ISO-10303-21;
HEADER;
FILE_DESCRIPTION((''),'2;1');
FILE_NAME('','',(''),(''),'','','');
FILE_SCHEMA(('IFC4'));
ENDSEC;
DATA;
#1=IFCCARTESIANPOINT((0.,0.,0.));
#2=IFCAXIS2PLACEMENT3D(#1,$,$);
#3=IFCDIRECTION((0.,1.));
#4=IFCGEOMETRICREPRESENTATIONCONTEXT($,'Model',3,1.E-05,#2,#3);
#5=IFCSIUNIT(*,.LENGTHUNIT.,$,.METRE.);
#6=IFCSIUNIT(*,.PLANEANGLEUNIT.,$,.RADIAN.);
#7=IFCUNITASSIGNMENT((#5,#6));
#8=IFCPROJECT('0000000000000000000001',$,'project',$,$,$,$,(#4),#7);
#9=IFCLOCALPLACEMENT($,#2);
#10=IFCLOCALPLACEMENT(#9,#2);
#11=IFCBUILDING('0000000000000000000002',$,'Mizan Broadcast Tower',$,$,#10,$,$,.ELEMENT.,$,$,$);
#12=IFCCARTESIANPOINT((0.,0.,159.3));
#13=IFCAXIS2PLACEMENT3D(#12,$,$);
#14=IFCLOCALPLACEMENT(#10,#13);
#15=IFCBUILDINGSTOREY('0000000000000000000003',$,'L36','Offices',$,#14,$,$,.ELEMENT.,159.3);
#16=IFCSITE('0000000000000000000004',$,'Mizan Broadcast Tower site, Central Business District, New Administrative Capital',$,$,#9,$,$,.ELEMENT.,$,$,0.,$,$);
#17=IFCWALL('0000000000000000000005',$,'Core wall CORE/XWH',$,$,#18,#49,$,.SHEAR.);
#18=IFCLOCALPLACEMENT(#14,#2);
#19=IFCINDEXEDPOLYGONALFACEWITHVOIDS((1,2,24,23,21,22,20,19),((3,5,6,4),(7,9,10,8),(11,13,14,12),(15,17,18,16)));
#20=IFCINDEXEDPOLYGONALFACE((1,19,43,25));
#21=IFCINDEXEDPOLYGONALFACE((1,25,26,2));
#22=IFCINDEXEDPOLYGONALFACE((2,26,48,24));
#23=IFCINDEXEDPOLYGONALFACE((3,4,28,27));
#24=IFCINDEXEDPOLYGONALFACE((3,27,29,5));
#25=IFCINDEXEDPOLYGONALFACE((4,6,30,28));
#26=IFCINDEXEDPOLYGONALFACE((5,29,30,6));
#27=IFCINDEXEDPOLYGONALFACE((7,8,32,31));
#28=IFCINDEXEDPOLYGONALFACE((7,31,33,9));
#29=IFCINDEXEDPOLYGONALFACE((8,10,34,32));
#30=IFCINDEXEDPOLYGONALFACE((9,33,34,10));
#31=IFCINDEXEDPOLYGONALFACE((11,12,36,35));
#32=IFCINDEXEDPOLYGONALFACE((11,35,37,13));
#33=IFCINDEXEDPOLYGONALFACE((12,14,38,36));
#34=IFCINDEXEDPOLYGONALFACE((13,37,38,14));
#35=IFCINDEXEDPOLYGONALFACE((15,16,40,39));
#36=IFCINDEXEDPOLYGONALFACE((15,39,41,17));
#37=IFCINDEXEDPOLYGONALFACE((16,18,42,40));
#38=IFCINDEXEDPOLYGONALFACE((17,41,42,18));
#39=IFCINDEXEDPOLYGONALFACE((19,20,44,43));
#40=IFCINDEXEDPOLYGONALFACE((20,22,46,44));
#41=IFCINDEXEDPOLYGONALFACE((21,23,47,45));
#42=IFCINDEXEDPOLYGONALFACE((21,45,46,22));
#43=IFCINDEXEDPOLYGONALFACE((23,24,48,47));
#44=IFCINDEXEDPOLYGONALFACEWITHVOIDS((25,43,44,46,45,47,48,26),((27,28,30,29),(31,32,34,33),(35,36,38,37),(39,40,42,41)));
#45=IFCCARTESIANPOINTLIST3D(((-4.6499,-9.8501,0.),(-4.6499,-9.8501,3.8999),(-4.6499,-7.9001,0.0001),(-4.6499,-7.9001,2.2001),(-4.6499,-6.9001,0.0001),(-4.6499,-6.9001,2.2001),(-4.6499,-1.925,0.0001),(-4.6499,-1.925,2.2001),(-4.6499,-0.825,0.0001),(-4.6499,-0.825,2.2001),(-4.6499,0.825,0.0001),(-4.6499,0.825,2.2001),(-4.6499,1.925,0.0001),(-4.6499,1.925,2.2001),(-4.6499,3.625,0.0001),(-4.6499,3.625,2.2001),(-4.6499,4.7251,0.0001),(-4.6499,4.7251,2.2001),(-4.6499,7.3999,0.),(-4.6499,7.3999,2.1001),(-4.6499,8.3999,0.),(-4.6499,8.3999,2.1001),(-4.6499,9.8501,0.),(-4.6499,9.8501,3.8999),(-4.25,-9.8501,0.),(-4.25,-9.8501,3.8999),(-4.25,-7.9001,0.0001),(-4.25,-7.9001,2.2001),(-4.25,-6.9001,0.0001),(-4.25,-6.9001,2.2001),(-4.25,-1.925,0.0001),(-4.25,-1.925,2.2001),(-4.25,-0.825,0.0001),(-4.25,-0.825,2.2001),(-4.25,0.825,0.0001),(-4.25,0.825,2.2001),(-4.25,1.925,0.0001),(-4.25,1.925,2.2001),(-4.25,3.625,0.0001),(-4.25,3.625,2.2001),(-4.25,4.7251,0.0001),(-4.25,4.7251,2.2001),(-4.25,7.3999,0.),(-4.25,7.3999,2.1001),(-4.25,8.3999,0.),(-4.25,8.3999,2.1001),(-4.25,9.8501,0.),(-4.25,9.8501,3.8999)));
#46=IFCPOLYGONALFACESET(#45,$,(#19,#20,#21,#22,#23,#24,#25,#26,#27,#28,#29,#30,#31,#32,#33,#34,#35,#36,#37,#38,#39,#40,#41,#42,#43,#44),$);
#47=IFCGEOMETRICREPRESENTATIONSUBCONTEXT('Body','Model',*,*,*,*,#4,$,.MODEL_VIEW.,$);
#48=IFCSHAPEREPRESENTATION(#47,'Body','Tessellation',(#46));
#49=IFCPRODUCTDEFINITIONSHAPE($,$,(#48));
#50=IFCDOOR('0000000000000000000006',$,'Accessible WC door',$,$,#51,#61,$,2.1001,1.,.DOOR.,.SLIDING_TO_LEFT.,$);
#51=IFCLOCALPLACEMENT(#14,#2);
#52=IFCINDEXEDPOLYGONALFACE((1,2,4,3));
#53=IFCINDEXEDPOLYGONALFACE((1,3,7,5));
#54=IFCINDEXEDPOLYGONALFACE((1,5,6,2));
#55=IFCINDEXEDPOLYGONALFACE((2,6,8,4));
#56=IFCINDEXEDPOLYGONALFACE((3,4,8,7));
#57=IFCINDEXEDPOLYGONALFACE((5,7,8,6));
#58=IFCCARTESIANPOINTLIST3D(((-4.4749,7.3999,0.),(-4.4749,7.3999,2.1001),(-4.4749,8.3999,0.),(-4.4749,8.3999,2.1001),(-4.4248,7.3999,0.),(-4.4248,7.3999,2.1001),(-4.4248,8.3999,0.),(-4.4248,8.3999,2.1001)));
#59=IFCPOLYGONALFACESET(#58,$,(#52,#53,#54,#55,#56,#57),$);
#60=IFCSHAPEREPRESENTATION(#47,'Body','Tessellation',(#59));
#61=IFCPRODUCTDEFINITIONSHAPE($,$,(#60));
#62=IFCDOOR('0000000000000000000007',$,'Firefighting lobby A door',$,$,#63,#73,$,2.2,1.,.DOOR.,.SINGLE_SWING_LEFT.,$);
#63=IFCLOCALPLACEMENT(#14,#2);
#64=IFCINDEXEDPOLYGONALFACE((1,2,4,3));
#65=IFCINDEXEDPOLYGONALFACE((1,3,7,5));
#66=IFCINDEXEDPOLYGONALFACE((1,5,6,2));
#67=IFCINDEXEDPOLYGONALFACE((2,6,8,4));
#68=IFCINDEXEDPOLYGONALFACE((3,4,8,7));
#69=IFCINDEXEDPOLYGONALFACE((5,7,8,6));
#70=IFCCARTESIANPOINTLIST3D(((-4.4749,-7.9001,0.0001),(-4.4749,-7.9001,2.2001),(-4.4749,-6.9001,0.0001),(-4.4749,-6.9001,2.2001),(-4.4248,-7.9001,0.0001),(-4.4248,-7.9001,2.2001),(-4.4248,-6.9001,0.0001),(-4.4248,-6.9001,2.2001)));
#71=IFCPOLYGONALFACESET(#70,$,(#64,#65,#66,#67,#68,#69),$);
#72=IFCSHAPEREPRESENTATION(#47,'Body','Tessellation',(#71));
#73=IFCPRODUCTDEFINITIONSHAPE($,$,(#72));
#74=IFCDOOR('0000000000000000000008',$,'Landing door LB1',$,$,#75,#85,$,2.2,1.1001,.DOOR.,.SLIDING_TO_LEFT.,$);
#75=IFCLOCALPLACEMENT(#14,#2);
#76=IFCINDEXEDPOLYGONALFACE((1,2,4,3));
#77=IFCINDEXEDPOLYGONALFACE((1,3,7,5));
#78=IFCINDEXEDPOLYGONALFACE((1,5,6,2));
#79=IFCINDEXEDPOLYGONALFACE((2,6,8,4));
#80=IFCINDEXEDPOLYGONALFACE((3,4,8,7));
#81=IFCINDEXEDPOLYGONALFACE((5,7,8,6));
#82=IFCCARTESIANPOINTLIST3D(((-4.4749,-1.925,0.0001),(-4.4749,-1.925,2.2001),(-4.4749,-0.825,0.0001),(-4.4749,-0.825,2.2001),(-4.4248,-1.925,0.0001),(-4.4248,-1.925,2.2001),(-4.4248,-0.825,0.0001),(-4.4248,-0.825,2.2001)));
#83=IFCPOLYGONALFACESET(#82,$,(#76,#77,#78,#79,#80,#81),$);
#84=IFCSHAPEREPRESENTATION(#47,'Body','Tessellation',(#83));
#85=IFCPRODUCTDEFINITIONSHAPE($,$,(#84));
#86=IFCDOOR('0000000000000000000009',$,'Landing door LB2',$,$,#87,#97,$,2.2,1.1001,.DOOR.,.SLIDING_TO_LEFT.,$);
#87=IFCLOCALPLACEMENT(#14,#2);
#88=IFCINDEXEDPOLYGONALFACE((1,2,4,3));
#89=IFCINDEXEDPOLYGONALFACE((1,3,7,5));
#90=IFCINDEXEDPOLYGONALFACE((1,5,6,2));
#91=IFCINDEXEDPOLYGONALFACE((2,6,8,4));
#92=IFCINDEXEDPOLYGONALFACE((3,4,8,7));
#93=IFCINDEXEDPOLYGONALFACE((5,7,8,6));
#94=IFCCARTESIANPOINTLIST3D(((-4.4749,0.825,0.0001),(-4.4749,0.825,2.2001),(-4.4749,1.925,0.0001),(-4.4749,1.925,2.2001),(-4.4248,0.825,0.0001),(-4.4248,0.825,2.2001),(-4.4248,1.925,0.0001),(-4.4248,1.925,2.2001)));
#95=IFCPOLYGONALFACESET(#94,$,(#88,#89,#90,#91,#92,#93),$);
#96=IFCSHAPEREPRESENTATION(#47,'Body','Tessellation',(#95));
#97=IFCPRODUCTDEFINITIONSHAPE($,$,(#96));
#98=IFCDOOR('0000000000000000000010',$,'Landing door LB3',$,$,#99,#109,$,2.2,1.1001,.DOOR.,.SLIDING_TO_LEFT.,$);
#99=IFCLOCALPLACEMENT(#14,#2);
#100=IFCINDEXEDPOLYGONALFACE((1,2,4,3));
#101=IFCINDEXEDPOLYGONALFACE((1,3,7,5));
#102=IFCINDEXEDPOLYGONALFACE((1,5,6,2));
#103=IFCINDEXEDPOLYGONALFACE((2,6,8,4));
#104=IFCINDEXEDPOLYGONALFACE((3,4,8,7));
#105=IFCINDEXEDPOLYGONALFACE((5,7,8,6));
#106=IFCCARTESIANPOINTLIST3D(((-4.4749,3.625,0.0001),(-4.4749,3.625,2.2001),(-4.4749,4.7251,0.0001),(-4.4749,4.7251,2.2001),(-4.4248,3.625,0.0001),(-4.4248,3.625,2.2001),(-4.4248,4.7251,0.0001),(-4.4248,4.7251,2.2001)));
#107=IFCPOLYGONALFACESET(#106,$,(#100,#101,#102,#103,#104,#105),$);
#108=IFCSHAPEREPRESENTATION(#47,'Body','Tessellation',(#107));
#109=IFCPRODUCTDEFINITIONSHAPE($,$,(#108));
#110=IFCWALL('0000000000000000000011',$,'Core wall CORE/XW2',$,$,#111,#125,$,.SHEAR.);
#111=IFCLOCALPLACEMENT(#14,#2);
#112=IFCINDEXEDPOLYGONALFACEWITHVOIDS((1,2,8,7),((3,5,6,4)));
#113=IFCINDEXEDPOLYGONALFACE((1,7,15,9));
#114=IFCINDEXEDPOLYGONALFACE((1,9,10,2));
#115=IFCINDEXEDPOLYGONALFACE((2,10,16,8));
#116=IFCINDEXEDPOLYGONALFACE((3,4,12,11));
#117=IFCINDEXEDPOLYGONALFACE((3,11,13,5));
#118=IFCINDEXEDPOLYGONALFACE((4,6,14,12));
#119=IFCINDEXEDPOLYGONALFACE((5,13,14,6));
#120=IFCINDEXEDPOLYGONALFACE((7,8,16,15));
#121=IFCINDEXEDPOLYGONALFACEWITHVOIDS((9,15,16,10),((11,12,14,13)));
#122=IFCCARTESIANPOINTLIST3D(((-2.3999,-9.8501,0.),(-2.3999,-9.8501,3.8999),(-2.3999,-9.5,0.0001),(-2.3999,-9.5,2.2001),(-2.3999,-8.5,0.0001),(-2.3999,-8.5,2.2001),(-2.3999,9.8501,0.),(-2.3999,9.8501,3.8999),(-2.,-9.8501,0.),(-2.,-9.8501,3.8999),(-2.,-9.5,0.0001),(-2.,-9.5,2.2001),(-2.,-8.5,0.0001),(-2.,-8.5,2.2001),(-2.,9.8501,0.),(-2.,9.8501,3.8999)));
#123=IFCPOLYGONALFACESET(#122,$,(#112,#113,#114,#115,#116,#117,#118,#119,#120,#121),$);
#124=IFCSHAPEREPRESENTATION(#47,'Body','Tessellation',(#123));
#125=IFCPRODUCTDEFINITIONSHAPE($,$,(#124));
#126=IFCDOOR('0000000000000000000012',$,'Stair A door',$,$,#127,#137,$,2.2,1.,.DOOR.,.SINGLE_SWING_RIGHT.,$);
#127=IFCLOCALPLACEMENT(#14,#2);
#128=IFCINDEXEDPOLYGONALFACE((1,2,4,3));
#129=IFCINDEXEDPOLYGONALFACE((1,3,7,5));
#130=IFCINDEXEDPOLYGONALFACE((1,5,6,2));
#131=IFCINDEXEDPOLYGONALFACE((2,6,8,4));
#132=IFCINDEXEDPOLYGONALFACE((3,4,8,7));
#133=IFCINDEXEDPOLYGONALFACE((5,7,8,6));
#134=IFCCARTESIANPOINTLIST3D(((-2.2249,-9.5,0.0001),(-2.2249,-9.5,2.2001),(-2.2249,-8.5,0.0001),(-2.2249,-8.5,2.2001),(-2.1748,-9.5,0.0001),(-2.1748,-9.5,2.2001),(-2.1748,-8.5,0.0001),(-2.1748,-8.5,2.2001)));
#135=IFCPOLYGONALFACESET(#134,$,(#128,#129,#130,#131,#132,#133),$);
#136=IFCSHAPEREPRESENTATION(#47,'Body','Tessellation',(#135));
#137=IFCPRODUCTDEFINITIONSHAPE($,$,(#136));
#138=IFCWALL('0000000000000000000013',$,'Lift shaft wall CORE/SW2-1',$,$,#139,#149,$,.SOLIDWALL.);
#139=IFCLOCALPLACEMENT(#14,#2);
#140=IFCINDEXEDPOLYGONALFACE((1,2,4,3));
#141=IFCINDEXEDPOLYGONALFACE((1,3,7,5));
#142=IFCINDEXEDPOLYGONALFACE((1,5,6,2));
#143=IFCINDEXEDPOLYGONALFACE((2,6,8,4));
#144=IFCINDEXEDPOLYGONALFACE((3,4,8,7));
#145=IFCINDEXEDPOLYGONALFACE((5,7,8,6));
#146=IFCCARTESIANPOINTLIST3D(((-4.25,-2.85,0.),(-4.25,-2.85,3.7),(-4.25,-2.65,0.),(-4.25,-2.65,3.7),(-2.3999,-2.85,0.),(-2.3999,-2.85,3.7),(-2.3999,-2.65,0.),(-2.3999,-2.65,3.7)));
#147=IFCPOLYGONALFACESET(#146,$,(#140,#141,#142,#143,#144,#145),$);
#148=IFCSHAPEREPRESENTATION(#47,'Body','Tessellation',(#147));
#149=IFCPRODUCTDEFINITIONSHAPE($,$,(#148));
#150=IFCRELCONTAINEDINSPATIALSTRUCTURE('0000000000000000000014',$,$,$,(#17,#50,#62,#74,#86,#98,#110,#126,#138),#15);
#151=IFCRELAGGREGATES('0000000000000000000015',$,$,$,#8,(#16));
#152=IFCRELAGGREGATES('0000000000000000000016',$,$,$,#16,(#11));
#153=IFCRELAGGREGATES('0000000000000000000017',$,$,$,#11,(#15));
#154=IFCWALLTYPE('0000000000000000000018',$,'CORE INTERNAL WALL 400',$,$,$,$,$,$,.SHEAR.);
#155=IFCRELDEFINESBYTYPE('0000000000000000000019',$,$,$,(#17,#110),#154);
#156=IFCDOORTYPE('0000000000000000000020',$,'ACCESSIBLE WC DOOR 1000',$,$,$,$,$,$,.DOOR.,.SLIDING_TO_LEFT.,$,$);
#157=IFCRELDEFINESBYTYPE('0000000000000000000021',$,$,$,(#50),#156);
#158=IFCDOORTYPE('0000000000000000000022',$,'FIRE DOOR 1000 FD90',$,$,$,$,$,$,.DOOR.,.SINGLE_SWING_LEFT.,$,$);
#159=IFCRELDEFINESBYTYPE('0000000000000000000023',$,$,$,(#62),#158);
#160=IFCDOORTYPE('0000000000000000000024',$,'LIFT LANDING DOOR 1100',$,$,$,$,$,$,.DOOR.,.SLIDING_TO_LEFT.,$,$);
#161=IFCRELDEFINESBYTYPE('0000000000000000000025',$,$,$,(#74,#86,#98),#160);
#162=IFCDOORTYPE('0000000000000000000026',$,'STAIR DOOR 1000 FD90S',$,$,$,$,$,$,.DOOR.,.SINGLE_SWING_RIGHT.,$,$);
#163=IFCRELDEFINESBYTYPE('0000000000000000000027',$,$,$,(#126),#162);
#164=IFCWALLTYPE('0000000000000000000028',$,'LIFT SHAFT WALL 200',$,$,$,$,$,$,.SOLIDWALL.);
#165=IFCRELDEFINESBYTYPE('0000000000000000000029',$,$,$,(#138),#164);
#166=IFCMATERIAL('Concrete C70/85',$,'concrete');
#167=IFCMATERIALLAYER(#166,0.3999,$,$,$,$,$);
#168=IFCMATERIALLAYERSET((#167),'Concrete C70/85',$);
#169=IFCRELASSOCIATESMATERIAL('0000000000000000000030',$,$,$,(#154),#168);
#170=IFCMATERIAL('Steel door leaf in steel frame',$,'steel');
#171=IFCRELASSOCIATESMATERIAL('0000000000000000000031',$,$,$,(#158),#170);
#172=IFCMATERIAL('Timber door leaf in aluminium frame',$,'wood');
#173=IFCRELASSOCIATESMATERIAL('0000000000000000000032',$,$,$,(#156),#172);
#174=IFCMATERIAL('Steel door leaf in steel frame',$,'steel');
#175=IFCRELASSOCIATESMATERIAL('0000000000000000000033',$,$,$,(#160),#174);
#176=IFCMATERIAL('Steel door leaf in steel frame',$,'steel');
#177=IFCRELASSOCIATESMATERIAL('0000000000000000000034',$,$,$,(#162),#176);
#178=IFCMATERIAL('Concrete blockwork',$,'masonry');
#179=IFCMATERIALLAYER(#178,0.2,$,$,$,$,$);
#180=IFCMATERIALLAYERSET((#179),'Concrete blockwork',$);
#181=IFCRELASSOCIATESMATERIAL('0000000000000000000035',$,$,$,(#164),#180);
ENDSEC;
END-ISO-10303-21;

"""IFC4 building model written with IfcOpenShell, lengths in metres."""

from ifc_helpers import new_model, si_unit, direction, frame, frame_2d, origin, place, context, subcontext, project, spatial, rectangle, extrude, material, layer, layer_set, type_object, element, fill, save


model = new_model("IFC4")

# Units and contexts
model_context = context("Model", 3, precision=1e-05, world=origin(), true_north=direction((0.0, 1.0)))
body_context = subcontext(model_context, "Body", "Model", "MODEL_VIEW")
ifc_project = project(units=[si_unit("LENGTHUNIT", "METRE"), si_unit("PLANEANGLEUNIT", "RADIAN")], contexts=[model_context])

# Site, building, storey
site_placement = place(None, origin())
site = spatial("IfcSite", under=ifc_project, at=site_placement, Name="Mizan Broadcast Tower site, Central Business District, New Administrative Capital", CompositionType="ELEMENT", RefElevation=0.0)
building_placement = place(site_placement, origin())
building = spatial("IfcBuilding", under=site, at=building_placement, Name="Mizan Broadcast Tower", CompositionType="ELEMENT")
storey_placement = place(building_placement, frame((0.0, 0.0, 159.3)))
storey = spatial("IfcBuildingStorey", under=building, at=storey_placement, Name="L36", Description="Offices", CompositionType="ELEMENT", Elevation=159.3)

# Wall, openings, doors
ifc_material_1 = material(Name="Concrete C70/85", Category="concrete")
ifc_layer_1 = layer(ifc_material_1, 0.3999)
ifc_layer_set_1 = layer_set([ifc_layer_1], Name="Concrete C70/85")
wall_type_1 = type_object("IfcWallType", Name="CORE INTERNAL WALL 400", PredefinedType="SHEAR", material=ifc_layer_set_1)
ifc_material_2 = material(Name="Steel door leaf in steel frame", Category="steel")
door_type_1 = type_object("IfcDoorType", Name="FIRE DOOR 1000 FD90", OperationType="SINGLE_SWING_LEFT", PredefinedType="DOOR", material=ifc_material_2)
wall_1_placement = place(storey_placement, frame((-4.45, -9.8501, 0.0), z_axis=(0.0, 0.0, 1.0), x_axis=(0.0, 1.0, 0.0)))
wall_1 = element("IfcWall", 1, at=wall_1_placement, inside=storey, type_object=wall_type_1, Name="Core wall CORE/XWH", PredefinedType="SHEAR", context=body_context, shape_type="SweptSolid", body=[
    extrude(rectangle(XDim=19.7002, YDim=0.3999, at=frame_2d((9.8501, 0.0))), origin(), (0.0, 0.0, 1.0), 3.8999),
])
opening_1_placement = place(wall_1_placement, frame((1.95, 0.0, 0.0)))
opening_1 = element("IfcOpeningElement", 2, at=opening_1_placement, cuts=wall_1, PredefinedType="OPENING", context=body_context, shape_type="SweptSolid", body=[
    extrude(rectangle(XDim=1.0, YDim=2.2, at=frame_2d((0.5, 1.1001))), frame((0.0, 0.21, 0.0), z_axis=(0.0, -1.0, 0.0), x_axis=(1.0, 0.0, 0.0)), (0.0, 0.0, 1.0), 0.4199),
])
opening_2_placement = place(wall_1_placement, frame((17.25, 0.0, 0.0)))
opening_2 = element("IfcOpeningElement", 3, at=opening_2_placement, cuts=wall_1, PredefinedType="OPENING", context=body_context, shape_type="SweptSolid", body=[
    extrude(rectangle(XDim=1.0, YDim=2.1001, at=frame_2d((0.5, 1.05))), frame((0.0, 0.21, 0.0), z_axis=(0.0, -1.0, 0.0), x_axis=(1.0, 0.0, 0.0)), (0.0, 0.0, 1.0), 0.4199),
])
opening_3_placement = place(wall_1_placement, frame((7.925, 0.0, 0.0)))
opening_3 = element("IfcOpeningElement", 4, at=opening_3_placement, cuts=wall_1, PredefinedType="OPENING", context=body_context, shape_type="SweptSolid", body=[
    extrude(rectangle(XDim=1.1001, YDim=2.2, at=frame_2d((0.55, 1.1001))), frame((0.0, 0.21, 0.0), z_axis=(0.0, -1.0, 0.0), x_axis=(1.0, 0.0, 0.0)), (0.0, 0.0, 1.0), 0.4199),
])
opening_4_placement = place(wall_1_placement, frame((10.675, 0.0, 0.0)))
opening_4 = element("IfcOpeningElement", 5, at=opening_4_placement, cuts=wall_1, PredefinedType="OPENING", context=body_context, shape_type="SweptSolid", body=[
    extrude(rectangle(XDim=1.1001, YDim=2.2, at=frame_2d((0.55, 1.1001))), frame((0.0, 0.21, 0.0), z_axis=(0.0, -1.0, 0.0), x_axis=(1.0, 0.0, 0.0)), (0.0, 0.0, 1.0), 0.4199),
])
opening_5_placement = place(wall_1_placement, frame((13.4751, 0.0, 0.0)))
opening_5 = element("IfcOpeningElement", 6, at=opening_5_placement, cuts=wall_1, PredefinedType="OPENING", context=body_context, shape_type="SweptSolid", body=[
    extrude(rectangle(XDim=1.1001, YDim=2.2, at=frame_2d((0.55, 1.1001))), frame((0.0, 0.21, 0.0), z_axis=(0.0, -1.0, 0.0), x_axis=(1.0, 0.0, 0.0)), (0.0, 0.0, 1.0), 0.4199),
])
ifc_material_3 = material(Name="Timber door leaf in aluminium frame", Category="wood")
door_type_2 = type_object("IfcDoorType", Name="ACCESSIBLE WC DOOR 1000", OperationType="SLIDING_TO_LEFT", PredefinedType="DOOR", material=ifc_material_3)
door_1_placement = place(opening_2_placement, origin())
door_1 = element("IfcDoor", 7, at=door_1_placement, inside=storey, type_object=door_type_2, Name="Accessible WC door", OperationType="SLIDING_TO_LEFT", OverallHeight=2.1001, OverallWidth=1.0, PredefinedType="DOOR", context=body_context, shape_type="SweptSolid", body=[
    extrude(rectangle(XDim=1.0, YDim=2.1001, at=frame_2d((0.5, 1.05))), frame((0.0, 0.0249, 0.0), z_axis=(0.0, -1.0, 0.0), x_axis=(1.0, 0.0, 0.0)), (0.0, 0.0, 1.0), 0.05),
])
fill(opening_2, door_1)
door_2_placement = place(opening_1_placement, origin())
door_2 = element("IfcDoor", 8, at=door_2_placement, inside=storey, type_object=door_type_1, Name="Firefighting lobby A door", OperationType="SINGLE_SWING_LEFT", OverallHeight=2.2, OverallWidth=1.0, PredefinedType="DOOR", context=body_context, shape_type="SweptSolid", body=[
    extrude(rectangle(XDim=1.0, YDim=2.2, at=frame_2d((0.5, 1.1001))), frame((0.0, 0.0249, 0.0), z_axis=(0.0, -1.0, 0.0), x_axis=(1.0, 0.0, 0.0)), (0.0, 0.0, 1.0), 0.05),
])
fill(opening_1, door_2)
ifc_material_4 = material(Name="Steel door leaf in steel frame", Category="steel")
door_type_3 = type_object("IfcDoorType", Name="LIFT LANDING DOOR 1100", OperationType="SLIDING_TO_LEFT", PredefinedType="DOOR", material=ifc_material_4)
door_3_placement = place(opening_3_placement, origin())
door_3 = element("IfcDoor", 9, at=door_3_placement, inside=storey, type_object=door_type_3, Name="Landing door LB1", OperationType="SLIDING_TO_LEFT", OverallHeight=2.2, OverallWidth=1.1001, PredefinedType="DOOR", context=body_context, shape_type="SweptSolid", body=[
    extrude(rectangle(XDim=1.1001, YDim=2.2, at=frame_2d((0.55, 1.1001))), frame((0.0, 0.0249, 0.0), z_axis=(0.0, -1.0, 0.0), x_axis=(1.0, 0.0, 0.0)), (0.0, 0.0, 1.0), 0.05),
])
fill(opening_3, door_3)
door_4_placement = place(opening_4_placement, origin())
door_4 = element("IfcDoor", 10, at=door_4_placement, inside=storey, type_object=door_type_3, Name="Landing door LB2", OperationType="SLIDING_TO_LEFT", OverallHeight=2.2, OverallWidth=1.1001, PredefinedType="DOOR", context=body_context, shape_type="SweptSolid", body=[
    extrude(rectangle(XDim=1.1001, YDim=2.2, at=frame_2d((0.55, 1.1001))), frame((0.0, 0.0249, 0.0), z_axis=(0.0, -1.0, 0.0), x_axis=(1.0, 0.0, 0.0)), (0.0, 0.0, 1.0), 0.05),
])
fill(opening_4, door_4)
door_5_placement = place(opening_5_placement, origin())
door_5 = element("IfcDoor", 11, at=door_5_placement, inside=storey, type_object=door_type_3, Name="Landing door LB3", OperationType="SLIDING_TO_LEFT", OverallHeight=2.2, OverallWidth=1.1001, PredefinedType="DOOR", context=body_context, shape_type="SweptSolid", body=[
    extrude(rectangle(XDim=1.1001, YDim=2.2, at=frame_2d((0.55, 1.1001))), frame((0.0, 0.0249, 0.0), z_axis=(0.0, -1.0, 0.0), x_axis=(1.0, 0.0, 0.0)), (0.0, 0.0, 1.0), 0.05),
])
fill(opening_5, door_5)

# Wall, opening, door
wall_2_placement = place(storey_placement, frame((-2.2, -9.8501, 0.0), z_axis=(0.0, 0.0, 1.0), x_axis=(0.0, 1.0, 0.0)))
wall_2 = element("IfcWall", 12, at=wall_2_placement, inside=storey, type_object=wall_type_1, Name="Core wall CORE/XW2", PredefinedType="SHEAR", context=body_context, shape_type="SweptSolid", body=[
    extrude(rectangle(XDim=19.7002, YDim=0.3999, at=frame_2d((9.8501, 0.0))), origin(), (0.0, 0.0, 1.0), 3.8999),
])
opening_6_placement = place(wall_2_placement, frame((0.3501, 0.0, 0.0)))
opening_6 = element("IfcOpeningElement", 13, at=opening_6_placement, cuts=wall_2, PredefinedType="OPENING", context=body_context, shape_type="SweptSolid", body=[
    extrude(rectangle(XDim=1.0, YDim=2.2, at=frame_2d((0.5, 1.1001))), frame((0.0, 0.21, 0.0), z_axis=(0.0, -1.0, 0.0), x_axis=(1.0, 0.0, 0.0)), (0.0, 0.0, 1.0), 0.4199),
])
ifc_material_5 = material(Name="Steel door leaf in steel frame", Category="steel")
door_type_4 = type_object("IfcDoorType", Name="STAIR DOOR 1000 FD90S", OperationType="SINGLE_SWING_RIGHT", PredefinedType="DOOR", material=ifc_material_5)
door_6_placement = place(opening_6_placement, origin())
door_6 = element("IfcDoor", 14, at=door_6_placement, inside=storey, type_object=door_type_4, Name="Stair A door", OperationType="SINGLE_SWING_RIGHT", OverallHeight=2.2, OverallWidth=1.0, PredefinedType="DOOR", context=body_context, shape_type="SweptSolid", body=[
    extrude(rectangle(XDim=1.0, YDim=2.2, at=frame_2d((0.5, 1.1001))), frame((0.0, 0.0249, 0.0), z_axis=(0.0, -1.0, 0.0), x_axis=(1.0, 0.0, 0.0)), (0.0, 0.0, 1.0), 0.05),
])
fill(opening_6, door_6)

# Wall
ifc_material_6 = material(Name="Concrete blockwork", Category="masonry")
ifc_layer_2 = layer(ifc_material_6, 0.2)
ifc_layer_set_2 = layer_set([ifc_layer_2], Name="Concrete blockwork")
wall_type_2 = type_object("IfcWallType", Name="LIFT SHAFT WALL 200", PredefinedType="SOLIDWALL", material=ifc_layer_set_2)
wall_3_placement = place(storey_placement, frame((-4.25, -2.75, 0.0), z_axis=(0.0, 0.0, 1.0), x_axis=(1.0, 0.0, 0.0)))
element("IfcWall", 15, at=wall_3_placement, inside=storey, type_object=wall_type_2, Name="Lift shaft wall CORE/SW2-1", PredefinedType="SOLIDWALL", context=body_context, shape_type="SweptSolid", body=[
    extrude(rectangle(XDim=1.8501, YDim=0.2, at=frame_2d((0.925, 0.0))), origin(), (0.0, 0.0, 1.0), 3.7),
])

save(model, "model.ifc")
